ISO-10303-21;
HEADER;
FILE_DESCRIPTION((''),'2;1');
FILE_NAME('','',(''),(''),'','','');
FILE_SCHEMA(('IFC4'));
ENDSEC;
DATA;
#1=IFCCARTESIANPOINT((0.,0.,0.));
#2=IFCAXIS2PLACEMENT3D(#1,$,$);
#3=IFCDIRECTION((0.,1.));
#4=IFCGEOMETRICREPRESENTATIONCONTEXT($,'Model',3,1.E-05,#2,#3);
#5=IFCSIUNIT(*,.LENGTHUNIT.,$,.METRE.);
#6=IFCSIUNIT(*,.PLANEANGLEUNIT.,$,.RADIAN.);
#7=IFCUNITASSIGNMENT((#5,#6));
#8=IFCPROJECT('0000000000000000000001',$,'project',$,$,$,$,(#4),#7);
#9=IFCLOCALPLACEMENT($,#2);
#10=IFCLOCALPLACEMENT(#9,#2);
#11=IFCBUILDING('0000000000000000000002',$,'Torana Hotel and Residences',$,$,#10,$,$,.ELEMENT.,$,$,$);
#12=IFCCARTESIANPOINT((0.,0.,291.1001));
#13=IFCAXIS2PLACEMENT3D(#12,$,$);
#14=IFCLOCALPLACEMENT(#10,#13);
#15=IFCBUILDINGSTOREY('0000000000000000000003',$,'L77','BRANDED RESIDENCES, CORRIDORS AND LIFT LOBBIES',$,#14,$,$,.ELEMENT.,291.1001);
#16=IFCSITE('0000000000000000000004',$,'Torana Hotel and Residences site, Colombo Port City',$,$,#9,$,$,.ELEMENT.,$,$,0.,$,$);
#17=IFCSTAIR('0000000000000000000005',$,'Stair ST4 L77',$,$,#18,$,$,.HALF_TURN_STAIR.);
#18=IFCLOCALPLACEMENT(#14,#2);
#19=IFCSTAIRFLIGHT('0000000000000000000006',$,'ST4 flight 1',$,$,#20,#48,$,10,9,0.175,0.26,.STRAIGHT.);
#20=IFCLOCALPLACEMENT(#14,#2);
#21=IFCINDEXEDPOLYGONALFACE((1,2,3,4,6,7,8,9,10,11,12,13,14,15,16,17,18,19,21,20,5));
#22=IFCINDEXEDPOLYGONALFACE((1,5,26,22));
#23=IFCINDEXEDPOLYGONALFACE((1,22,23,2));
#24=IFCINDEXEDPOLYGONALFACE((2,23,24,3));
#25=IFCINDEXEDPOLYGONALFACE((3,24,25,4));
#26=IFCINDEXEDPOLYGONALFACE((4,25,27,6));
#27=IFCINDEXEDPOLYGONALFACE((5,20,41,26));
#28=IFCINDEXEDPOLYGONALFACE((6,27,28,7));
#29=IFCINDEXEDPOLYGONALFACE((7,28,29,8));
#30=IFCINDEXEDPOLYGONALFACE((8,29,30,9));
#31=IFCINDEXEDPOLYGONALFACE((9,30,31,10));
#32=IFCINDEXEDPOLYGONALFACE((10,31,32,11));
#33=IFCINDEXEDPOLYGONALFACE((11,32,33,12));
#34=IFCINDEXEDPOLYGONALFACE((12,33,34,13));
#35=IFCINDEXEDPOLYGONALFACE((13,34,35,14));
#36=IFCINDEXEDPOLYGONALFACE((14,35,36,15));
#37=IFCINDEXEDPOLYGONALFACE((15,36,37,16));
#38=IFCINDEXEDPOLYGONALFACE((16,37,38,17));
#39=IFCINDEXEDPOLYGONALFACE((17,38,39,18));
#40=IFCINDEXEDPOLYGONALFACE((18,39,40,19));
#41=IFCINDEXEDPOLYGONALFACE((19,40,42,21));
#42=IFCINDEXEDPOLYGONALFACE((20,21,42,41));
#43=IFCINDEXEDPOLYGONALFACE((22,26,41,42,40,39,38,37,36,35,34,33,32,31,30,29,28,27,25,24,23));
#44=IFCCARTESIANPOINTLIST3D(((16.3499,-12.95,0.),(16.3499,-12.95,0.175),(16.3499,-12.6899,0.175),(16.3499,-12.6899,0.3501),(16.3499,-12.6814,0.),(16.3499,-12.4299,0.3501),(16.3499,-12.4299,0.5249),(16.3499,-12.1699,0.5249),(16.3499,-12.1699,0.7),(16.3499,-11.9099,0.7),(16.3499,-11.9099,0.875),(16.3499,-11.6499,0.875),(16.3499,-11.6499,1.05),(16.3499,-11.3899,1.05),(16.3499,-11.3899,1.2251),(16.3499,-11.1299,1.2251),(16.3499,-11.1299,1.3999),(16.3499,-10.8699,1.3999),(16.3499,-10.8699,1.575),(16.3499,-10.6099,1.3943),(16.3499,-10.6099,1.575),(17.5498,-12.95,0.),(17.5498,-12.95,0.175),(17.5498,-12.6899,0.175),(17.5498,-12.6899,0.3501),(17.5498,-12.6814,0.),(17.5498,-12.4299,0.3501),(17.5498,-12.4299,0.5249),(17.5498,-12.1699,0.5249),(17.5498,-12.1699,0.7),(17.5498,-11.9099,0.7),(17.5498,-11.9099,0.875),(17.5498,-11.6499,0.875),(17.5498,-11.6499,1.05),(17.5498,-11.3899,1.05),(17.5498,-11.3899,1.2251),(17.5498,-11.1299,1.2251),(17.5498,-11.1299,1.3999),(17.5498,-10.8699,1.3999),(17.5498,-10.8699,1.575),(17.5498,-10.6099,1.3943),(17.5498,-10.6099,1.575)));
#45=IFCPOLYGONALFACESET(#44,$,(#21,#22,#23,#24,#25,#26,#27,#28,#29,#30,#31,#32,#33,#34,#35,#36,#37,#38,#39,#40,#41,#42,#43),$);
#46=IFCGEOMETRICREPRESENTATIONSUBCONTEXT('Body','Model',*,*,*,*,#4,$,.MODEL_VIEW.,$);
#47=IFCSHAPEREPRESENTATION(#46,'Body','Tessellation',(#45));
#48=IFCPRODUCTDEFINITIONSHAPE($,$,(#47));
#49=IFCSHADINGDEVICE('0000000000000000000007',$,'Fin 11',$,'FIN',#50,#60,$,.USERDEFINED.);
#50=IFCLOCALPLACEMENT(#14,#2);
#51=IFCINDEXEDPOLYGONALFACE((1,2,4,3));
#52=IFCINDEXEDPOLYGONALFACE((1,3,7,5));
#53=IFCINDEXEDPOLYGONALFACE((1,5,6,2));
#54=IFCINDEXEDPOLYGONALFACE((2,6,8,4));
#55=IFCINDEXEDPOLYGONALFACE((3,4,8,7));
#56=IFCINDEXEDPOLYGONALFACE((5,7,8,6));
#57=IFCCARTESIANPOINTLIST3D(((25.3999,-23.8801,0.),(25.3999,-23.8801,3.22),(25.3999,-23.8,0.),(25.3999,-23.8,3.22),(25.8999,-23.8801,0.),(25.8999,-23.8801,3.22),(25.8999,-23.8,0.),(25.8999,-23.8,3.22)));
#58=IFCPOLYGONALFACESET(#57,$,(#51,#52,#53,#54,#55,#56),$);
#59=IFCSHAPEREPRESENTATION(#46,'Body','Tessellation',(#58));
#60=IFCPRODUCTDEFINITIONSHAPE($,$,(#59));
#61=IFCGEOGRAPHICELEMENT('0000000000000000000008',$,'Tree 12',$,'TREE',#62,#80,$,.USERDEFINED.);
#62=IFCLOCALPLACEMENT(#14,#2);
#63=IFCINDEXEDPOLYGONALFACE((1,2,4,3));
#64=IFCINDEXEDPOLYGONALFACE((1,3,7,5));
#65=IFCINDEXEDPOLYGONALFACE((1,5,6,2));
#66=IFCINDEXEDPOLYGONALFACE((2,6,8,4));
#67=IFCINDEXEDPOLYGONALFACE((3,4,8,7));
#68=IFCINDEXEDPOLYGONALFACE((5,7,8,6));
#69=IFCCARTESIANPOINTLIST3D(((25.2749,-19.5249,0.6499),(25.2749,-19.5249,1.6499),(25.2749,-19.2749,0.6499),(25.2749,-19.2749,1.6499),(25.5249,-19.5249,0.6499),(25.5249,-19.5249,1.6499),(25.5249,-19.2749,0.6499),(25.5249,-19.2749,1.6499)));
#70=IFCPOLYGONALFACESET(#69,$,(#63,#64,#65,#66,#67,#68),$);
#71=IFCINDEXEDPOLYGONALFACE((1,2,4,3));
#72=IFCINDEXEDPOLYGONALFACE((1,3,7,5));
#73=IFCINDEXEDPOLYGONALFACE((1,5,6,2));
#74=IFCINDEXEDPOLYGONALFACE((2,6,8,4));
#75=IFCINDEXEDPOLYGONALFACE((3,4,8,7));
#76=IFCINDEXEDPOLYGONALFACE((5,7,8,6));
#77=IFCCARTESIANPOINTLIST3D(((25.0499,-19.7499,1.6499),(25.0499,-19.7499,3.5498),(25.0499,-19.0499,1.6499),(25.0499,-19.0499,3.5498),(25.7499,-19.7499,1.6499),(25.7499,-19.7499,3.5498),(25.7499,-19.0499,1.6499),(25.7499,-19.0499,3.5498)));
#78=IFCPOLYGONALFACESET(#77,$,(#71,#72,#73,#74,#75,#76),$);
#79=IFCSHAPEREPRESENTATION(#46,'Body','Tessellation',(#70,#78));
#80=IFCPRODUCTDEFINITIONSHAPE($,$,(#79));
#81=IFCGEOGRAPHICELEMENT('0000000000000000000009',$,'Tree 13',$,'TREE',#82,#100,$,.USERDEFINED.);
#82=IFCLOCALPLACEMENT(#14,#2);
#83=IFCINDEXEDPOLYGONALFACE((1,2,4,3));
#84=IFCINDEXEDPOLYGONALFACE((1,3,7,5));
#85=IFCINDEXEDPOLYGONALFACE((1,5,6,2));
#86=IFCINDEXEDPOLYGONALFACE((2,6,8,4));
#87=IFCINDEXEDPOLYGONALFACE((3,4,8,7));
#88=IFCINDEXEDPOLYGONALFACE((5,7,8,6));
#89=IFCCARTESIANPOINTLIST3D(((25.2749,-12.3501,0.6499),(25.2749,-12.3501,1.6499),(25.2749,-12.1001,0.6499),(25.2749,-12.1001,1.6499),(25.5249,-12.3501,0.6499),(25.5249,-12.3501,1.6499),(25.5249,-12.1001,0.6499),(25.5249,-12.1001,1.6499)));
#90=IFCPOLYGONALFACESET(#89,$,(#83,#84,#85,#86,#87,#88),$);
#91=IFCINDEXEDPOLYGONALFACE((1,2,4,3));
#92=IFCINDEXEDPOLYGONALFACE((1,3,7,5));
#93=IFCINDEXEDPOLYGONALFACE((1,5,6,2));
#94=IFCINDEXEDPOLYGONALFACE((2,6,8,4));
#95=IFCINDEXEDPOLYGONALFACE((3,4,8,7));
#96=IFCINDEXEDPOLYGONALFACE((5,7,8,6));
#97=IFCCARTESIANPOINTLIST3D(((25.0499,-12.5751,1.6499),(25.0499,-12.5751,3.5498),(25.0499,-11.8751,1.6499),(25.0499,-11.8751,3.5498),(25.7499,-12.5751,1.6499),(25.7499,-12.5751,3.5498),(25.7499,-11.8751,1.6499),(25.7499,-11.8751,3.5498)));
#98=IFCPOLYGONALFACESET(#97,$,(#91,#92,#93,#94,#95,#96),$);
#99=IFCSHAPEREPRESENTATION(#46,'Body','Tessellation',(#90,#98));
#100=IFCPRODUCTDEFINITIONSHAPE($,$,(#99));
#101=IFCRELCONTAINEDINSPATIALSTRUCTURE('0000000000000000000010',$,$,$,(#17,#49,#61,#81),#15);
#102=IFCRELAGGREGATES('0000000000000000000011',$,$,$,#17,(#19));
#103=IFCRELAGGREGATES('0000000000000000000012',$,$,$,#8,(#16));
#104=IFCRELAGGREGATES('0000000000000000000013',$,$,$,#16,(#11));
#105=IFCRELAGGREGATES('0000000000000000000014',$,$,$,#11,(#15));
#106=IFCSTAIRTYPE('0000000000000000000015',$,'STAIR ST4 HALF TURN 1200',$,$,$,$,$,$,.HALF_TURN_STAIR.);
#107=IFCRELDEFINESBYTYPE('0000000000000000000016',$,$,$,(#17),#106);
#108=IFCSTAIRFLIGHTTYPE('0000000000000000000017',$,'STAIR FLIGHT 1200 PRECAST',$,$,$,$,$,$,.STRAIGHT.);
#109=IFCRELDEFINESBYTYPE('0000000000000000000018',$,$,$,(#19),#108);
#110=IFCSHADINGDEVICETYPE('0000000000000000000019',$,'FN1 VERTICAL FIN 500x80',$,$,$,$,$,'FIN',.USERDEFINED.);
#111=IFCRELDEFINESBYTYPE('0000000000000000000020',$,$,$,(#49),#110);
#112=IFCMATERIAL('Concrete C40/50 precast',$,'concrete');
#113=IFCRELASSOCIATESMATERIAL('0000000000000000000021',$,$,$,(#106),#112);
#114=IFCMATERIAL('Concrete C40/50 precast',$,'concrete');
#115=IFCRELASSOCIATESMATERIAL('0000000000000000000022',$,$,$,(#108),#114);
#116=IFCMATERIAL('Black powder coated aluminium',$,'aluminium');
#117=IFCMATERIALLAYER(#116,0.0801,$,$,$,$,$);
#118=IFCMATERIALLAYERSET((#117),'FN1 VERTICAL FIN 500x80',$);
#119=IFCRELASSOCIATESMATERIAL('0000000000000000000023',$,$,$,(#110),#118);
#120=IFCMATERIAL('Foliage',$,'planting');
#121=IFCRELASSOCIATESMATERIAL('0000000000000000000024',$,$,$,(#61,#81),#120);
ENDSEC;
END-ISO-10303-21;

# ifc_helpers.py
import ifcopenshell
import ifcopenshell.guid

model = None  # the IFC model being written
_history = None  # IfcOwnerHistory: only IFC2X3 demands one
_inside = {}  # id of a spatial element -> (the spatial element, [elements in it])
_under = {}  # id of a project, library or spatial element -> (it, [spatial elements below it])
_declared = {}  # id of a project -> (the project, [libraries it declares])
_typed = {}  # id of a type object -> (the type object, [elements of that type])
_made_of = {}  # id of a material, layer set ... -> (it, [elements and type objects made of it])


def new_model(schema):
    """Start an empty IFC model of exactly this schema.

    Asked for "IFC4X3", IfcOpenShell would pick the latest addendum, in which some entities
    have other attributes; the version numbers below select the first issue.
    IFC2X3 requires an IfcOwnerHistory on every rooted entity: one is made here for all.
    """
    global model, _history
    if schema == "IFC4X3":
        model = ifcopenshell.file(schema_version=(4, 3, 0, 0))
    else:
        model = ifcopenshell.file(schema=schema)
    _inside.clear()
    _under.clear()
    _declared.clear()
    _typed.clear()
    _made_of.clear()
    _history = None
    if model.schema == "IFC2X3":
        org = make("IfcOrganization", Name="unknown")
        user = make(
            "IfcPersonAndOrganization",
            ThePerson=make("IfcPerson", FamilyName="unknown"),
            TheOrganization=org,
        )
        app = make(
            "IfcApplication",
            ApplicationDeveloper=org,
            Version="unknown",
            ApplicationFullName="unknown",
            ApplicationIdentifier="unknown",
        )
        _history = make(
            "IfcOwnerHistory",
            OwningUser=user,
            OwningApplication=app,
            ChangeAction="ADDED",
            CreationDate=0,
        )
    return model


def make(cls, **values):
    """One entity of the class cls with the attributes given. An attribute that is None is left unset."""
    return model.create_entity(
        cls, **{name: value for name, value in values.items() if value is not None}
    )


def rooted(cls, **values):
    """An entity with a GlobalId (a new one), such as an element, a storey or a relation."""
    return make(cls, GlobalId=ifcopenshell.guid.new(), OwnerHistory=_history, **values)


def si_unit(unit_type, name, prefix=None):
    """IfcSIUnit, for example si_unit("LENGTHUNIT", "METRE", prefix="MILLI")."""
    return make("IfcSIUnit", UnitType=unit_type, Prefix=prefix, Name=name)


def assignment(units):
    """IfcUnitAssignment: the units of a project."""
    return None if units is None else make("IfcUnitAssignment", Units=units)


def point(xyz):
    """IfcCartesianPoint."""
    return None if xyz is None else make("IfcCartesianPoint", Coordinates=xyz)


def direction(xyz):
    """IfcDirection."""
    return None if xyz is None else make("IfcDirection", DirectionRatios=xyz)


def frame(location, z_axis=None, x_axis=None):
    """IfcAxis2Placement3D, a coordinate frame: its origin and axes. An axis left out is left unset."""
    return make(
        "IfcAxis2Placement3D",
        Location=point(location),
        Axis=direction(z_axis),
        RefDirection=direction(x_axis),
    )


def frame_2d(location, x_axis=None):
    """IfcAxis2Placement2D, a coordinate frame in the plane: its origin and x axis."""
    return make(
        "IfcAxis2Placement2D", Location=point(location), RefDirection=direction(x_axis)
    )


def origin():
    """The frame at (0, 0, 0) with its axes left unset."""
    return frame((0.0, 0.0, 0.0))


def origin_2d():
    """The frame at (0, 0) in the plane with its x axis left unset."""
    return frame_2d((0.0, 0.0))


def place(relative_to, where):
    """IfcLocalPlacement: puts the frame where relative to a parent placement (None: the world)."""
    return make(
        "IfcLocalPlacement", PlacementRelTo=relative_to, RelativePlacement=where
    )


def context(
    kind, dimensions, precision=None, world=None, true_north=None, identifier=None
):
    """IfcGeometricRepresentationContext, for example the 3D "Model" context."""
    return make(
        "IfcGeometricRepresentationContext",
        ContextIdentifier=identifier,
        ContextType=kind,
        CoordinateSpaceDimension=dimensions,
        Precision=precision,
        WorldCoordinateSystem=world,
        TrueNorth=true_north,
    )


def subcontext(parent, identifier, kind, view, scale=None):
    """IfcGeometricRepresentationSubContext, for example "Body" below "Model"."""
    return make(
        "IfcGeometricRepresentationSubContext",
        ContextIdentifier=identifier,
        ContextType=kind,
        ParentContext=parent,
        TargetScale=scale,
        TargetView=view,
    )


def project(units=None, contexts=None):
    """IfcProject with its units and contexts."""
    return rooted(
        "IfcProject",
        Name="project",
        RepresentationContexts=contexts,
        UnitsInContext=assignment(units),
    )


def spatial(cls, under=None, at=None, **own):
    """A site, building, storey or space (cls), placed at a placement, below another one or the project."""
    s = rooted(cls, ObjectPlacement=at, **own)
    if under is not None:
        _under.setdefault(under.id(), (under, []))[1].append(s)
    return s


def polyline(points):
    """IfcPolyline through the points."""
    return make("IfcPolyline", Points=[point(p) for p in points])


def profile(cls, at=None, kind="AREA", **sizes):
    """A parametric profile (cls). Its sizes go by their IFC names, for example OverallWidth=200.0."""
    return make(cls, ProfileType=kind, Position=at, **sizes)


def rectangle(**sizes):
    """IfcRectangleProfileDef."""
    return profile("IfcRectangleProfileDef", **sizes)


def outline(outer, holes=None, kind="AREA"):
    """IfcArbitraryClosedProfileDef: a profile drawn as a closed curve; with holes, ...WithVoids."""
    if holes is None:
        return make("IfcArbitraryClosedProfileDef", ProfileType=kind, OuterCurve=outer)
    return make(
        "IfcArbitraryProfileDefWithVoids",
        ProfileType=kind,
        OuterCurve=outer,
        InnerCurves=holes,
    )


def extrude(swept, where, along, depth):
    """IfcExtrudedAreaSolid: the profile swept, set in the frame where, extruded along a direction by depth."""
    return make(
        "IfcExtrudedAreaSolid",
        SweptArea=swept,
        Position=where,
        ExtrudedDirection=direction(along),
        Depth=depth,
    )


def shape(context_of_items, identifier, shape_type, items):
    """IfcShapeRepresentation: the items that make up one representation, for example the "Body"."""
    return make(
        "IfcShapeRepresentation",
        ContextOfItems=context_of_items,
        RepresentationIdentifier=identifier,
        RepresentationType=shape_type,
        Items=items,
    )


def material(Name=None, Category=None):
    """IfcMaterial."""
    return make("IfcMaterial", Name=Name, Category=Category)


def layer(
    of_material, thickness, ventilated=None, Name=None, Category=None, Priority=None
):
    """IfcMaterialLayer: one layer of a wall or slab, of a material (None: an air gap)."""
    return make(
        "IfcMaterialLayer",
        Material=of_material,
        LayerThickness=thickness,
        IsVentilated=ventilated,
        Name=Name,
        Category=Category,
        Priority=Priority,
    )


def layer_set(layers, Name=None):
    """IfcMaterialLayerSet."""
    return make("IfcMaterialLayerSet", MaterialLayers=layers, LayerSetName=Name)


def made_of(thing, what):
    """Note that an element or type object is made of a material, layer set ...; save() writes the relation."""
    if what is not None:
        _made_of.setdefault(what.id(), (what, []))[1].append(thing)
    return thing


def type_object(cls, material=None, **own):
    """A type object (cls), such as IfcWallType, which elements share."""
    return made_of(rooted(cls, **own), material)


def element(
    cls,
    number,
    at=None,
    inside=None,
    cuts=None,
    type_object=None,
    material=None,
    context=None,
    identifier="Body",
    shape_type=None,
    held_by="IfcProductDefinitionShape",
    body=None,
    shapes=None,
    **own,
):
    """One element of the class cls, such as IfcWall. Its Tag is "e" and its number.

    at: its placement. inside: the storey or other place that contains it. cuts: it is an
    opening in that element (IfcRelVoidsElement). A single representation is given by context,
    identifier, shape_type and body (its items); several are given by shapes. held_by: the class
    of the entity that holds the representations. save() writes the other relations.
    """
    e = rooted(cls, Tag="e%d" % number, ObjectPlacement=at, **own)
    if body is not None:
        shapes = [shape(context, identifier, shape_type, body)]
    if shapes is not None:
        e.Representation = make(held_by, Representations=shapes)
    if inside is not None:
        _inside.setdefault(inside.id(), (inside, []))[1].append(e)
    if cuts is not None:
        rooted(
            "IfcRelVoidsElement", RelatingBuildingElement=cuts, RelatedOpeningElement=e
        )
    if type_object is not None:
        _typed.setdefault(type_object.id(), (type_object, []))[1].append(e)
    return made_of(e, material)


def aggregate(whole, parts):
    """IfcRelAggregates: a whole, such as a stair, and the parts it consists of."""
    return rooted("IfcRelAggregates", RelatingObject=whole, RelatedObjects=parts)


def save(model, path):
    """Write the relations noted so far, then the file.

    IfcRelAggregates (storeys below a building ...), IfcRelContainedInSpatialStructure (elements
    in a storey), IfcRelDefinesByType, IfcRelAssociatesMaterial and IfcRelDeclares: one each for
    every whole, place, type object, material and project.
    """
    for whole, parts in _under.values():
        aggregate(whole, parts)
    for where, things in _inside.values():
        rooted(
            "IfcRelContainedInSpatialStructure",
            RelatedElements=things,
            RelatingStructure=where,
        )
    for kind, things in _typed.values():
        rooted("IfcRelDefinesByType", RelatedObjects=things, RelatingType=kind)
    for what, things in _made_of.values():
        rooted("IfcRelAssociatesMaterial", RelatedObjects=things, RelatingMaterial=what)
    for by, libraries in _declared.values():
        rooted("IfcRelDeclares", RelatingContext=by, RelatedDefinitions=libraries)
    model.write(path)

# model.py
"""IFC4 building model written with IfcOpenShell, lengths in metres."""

from ifc_helpers import new_model, si_unit, direction, frame, origin, origin_2d, place, context, subcontext, project, spatial, polyline, rectangle, outline, extrude, material, layer, layer_set, type_object, element, aggregate, save


model = new_model("IFC4")

# Units and contexts
model_context = context("Model", 3, precision=1e-05, world=origin(), true_north=direction((0.0, 1.0)))
body_context = subcontext(model_context, "Body", "Model", "MODEL_VIEW")
ifc_project = project(units=[si_unit("LENGTHUNIT", "METRE"), si_unit("PLANEANGLEUNIT", "RADIAN")], contexts=[model_context])

# Site, building, storey
site_placement = place(None, origin())
site = spatial("IfcSite", under=ifc_project, at=site_placement, Name="Torana Hotel and Residences site, Colombo Port City", CompositionType="ELEMENT", RefElevation=0.0)
building_placement = place(site_placement, origin())
building = spatial("IfcBuilding", under=site, at=building_placement, Name="Torana Hotel and Residences", CompositionType="ELEMENT")
storey_placement = place(building_placement, frame((0.0, 0.0, 291.1001)))
storey = spatial("IfcBuildingStorey", under=building, at=storey_placement, Name="L77", Description="BRANDED RESIDENCES, CORRIDORS AND LIFT LOBBIES", CompositionType="ELEMENT", Elevation=291.1001)

# Stair, stair flight
ifc_material_1 = material(Name="Concrete C40/50 precast", Category="concrete")
stair_type = type_object("IfcStairType", Name="STAIR ST4 HALF TURN 1200", PredefinedType="HALF_TURN_STAIR", material=ifc_material_1)
stair_placement = place(storey_placement, origin())
stair = element("IfcStair", 1, at=stair_placement, inside=storey, type_object=stair_type, Name="Stair ST4 L77", PredefinedType="HALF_TURN_STAIR")
ifc_material_2 = material(Name="Concrete C40/50 precast", Category="concrete")
stair_flight_type = type_object("IfcStairFlightType", Name="STAIR FLIGHT 1200 PRECAST", PredefinedType="STRAIGHT", material=ifc_material_2)
stair_flight_placement = place(storey_placement, frame((16.95, -12.95, 0.0), z_axis=(0.0, 0.0, 1.0), x_axis=(0.0, 1.0, 0.0)))
stair_flight = element("IfcStairFlight", 2, at=stair_flight_placement, type_object=stair_flight_type, Name="ST4 flight 1", NumberOfRisers=10, NumberOfTreads=9, PredefinedType="STRAIGHT", RiserHeight=0.175, TreadLength=0.26, context=body_context, shape_type="SweptSolid", body=[
    extrude(outline(polyline([(0.0, 0.0), (0.0, 0.175), (0.26, 0.175), (0.26, 0.3501), (0.52, 0.3501), (0.52, 0.5249), (0.78, 0.5249), (0.78, 0.7), (1.04, 0.7), (1.04, 0.875), (1.3, 0.875), (1.3, 1.05), (1.5601, 1.05), (1.5601, 1.2251), (1.8201, 1.2251), (1.8201, 1.3999), (2.0801, 1.3999), (2.0801, 1.575), (2.3401, 1.575), (2.3401, 1.75), (2.3401, 1.3943), (0.2686, 0.0), (0.0, 0.0)])), frame((0.0, 0.6001, 0.0), z_axis=(0.0, -1.0, 0.0), x_axis=(1.0, 0.0, 0.0)), (0.0, 0.0, 1.0), 1.2),
])
aggregate(stair, [stair_flight])

# Shading device
ifc_material_3 = material(Name="Black powder coated aluminium", Category="aluminium")
ifc_layer_1 = layer(ifc_material_3, 0.0801)
ifc_layer_set_1 = layer_set([ifc_layer_1], Name="FN1 VERTICAL FIN 500x80")
shading_device_type = type_object("IfcShadingDeviceType", Name="FN1 VERTICAL FIN 500x80", ElementType="FIN", PredefinedType="USERDEFINED", material=ifc_layer_set_1)
shading_device_placement = place(storey_placement, frame((25.6499, -23.8401, 0.0), z_axis=(0.0, 0.0, 1.0), x_axis=(0.0, -1.0, 0.0)))
element("IfcShadingDevice", 3, at=shading_device_placement, inside=storey, type_object=shading_device_type, Name="Fin 11", ObjectType="FIN", PredefinedType="USERDEFINED", context=body_context, shape_type="SweptSolid", body=[
    extrude(rectangle(XDim=0.0801, YDim=0.5, at=origin_2d()), origin(), (0.0, 0.0, 1.0), 3.22),
])

# Geographic elements
ifc_material_4 = material(Name="Foliage", Category="planting")
for number, where, z_axis, x_axis, name in (
    (4, (25.3999, -19.3999, 0.6499), (0.0, 0.0, 1.0), (1.0, 0.0, 0.0), "Tree 12"),
    (5, (25.3999, -12.2251, 0.6499), (0.0, 0.0, 1.0), (1.0, 0.0, 0.0), "Tree 13"),
):
    element("IfcGeographicElement", number, at=place(storey_placement, frame(where, z_axis=z_axis, x_axis=x_axis)), inside=storey, material=ifc_material_4, Name=name, ObjectType="TREE", PredefinedType="USERDEFINED", context=body_context, shape_type="SweptSolid", body=[
        extrude(rectangle(XDim=0.25, YDim=0.25, at=origin_2d()), origin(), (0.0, 0.0, 1.0), 1.0),
        extrude(rectangle(XDim=0.7, YDim=0.7, at=origin_2d()), frame((0.0, 0.0, 1.0)), (0.0, 0.0, 1.0), 1.8999),
    ])

save(model, "model.ifc")
